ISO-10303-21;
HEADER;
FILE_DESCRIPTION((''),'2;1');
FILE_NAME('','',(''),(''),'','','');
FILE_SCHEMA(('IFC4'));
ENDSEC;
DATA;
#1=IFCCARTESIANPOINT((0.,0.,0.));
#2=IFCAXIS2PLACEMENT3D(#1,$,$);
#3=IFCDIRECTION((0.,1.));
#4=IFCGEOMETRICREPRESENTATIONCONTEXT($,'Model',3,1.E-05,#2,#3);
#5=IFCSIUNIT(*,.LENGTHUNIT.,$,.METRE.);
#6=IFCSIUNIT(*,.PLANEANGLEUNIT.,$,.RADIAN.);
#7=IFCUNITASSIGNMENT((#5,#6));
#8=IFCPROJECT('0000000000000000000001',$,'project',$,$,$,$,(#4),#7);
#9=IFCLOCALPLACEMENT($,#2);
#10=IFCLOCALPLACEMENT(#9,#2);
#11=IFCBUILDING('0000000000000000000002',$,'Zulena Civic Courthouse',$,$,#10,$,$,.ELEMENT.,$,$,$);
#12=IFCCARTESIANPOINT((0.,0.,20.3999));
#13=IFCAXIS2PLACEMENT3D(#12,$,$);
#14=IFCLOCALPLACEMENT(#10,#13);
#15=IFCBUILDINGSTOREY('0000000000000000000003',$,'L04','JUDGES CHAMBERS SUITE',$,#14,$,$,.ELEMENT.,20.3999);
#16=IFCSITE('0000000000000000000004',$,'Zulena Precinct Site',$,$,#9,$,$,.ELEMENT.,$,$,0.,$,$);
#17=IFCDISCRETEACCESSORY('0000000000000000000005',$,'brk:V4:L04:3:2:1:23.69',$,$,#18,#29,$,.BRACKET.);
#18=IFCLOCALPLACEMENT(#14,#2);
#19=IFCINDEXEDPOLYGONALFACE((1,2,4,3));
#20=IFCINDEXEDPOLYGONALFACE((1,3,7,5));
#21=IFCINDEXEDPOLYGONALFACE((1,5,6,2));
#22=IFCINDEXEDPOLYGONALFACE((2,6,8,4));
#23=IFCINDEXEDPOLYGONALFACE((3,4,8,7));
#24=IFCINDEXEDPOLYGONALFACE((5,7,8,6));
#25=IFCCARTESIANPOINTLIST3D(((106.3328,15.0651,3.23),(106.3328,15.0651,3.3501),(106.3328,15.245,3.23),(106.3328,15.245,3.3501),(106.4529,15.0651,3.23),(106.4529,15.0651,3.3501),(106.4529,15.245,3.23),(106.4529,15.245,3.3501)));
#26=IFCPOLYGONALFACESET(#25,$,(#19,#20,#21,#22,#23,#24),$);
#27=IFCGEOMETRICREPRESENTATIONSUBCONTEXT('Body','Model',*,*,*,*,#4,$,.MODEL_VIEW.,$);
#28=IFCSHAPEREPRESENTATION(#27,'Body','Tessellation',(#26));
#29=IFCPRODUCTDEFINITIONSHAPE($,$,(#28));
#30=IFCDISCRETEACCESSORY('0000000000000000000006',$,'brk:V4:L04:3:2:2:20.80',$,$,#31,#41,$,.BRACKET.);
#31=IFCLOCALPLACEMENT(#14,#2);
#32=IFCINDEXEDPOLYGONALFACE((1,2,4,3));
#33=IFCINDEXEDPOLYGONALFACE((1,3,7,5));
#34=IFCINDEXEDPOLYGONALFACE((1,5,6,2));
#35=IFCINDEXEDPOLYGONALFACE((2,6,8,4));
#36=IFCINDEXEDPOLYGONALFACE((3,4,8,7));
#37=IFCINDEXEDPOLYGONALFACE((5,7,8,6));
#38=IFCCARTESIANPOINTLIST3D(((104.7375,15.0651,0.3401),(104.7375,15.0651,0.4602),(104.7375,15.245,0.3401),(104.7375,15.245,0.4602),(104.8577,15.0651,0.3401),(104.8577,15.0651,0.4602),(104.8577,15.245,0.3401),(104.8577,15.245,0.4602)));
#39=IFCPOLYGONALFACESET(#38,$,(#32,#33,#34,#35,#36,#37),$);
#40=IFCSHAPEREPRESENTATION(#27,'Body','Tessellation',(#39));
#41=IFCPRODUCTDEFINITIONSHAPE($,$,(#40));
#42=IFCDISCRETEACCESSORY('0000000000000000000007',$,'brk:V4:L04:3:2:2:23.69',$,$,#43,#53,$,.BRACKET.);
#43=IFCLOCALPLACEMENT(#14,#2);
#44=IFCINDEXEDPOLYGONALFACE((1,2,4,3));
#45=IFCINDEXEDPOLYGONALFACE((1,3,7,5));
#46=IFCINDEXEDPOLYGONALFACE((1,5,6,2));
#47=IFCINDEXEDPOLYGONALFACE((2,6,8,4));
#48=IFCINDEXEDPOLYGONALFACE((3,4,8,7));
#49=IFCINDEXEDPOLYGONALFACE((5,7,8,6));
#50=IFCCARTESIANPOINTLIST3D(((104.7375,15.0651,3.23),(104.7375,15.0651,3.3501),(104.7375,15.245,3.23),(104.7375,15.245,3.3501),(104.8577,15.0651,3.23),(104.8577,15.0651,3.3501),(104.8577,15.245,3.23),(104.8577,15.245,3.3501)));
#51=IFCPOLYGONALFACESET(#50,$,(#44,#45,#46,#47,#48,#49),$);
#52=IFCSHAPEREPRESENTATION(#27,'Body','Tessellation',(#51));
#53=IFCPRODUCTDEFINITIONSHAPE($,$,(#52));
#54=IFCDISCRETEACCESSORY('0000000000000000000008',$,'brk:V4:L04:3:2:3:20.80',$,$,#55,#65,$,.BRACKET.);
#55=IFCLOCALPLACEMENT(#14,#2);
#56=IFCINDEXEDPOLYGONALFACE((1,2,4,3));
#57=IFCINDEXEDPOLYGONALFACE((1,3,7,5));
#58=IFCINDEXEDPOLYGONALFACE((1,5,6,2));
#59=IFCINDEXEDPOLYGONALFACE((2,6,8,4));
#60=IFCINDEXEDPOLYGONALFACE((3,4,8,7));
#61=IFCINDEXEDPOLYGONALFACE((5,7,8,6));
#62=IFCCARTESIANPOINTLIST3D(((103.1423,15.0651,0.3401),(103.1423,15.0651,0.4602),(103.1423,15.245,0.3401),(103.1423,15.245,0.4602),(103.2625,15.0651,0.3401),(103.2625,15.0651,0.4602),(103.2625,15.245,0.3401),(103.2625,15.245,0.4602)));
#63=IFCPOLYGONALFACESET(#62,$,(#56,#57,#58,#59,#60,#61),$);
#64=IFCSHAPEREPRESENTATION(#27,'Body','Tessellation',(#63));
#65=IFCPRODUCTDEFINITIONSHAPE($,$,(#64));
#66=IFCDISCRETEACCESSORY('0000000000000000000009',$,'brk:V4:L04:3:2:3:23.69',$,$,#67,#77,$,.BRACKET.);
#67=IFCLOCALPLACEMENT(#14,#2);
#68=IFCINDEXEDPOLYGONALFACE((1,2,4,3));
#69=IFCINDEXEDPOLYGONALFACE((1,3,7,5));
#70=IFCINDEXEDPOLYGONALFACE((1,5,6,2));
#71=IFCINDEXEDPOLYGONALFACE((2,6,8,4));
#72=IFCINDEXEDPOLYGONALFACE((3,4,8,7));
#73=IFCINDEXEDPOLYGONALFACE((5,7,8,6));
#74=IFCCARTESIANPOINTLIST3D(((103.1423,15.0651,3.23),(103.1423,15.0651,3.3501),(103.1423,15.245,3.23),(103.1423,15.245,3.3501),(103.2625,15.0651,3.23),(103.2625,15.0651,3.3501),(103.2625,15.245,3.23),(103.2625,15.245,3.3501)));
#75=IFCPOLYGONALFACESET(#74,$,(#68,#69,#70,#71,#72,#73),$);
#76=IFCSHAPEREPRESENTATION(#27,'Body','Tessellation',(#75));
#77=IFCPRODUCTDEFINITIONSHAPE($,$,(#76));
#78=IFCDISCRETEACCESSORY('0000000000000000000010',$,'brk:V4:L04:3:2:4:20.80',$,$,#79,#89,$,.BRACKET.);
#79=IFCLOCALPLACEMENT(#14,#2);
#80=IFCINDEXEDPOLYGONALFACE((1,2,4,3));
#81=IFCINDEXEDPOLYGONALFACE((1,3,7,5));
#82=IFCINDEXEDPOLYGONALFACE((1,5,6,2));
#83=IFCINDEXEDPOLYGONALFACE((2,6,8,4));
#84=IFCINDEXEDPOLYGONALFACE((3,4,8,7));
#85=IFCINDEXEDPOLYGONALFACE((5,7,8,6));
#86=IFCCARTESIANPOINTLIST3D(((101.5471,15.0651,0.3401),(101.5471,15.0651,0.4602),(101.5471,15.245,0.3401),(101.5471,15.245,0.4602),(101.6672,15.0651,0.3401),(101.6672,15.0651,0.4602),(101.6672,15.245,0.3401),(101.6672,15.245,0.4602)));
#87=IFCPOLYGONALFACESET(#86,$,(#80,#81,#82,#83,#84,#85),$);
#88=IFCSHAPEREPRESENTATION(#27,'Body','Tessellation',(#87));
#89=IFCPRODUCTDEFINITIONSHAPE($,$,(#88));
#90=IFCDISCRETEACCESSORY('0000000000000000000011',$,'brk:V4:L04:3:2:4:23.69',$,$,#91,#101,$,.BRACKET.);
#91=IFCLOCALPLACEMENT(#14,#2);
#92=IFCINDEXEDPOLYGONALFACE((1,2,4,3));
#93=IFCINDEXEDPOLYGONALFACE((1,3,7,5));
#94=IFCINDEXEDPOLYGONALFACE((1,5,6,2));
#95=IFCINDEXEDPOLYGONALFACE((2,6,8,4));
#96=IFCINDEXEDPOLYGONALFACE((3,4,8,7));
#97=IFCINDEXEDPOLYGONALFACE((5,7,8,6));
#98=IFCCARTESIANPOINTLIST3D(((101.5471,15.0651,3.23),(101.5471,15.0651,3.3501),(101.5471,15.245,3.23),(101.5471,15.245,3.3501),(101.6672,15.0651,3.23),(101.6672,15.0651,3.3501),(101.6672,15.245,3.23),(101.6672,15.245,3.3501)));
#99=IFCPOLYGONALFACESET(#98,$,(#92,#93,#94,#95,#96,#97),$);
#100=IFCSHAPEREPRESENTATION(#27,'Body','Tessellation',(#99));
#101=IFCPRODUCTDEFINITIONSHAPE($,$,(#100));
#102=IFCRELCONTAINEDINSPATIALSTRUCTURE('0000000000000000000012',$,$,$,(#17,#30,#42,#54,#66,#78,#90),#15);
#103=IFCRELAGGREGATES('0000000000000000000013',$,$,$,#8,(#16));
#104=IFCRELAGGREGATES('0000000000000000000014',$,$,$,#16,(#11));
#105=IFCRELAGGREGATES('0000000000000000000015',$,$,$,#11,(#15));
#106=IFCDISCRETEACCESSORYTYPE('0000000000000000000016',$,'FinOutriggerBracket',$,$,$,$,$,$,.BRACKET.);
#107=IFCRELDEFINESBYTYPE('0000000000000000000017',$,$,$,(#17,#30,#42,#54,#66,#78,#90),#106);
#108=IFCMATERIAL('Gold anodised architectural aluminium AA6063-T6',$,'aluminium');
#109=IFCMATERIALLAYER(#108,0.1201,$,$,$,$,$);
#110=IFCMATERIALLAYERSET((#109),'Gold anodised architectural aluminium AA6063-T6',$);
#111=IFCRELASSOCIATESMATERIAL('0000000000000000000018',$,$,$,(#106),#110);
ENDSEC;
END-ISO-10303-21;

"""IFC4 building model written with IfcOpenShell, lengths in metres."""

from ifc_helpers import new_model, si_unit, direction, frame, origin, origin_2d, place, context, subcontext, project, spatial, rectangle, extrude, material, layer, layer_set, type_object, element, save


model = new_model("IFC4")

# Units and contexts
model_context = context("Model", 3, precision=1e-05, world=origin(), true_north=direction((0.0, 1.0)))
body_context = subcontext(model_context, "Body", "Model", "MODEL_VIEW")
ifc_project = project(units=[si_unit("LENGTHUNIT", "METRE"), si_unit("PLANEANGLEUNIT", "RADIAN")], contexts=[model_context])

# Site, building, storey
site_placement = place(None, origin())
site = spatial("IfcSite", under=ifc_project, at=site_placement, Name="Zulena Precinct Site", CompositionType="ELEMENT", RefElevation=0.0)
building_placement = place(site_placement, origin())
building = spatial("IfcBuilding", under=site, at=building_placement, Name="Zulena Civic Courthouse", CompositionType="ELEMENT")
storey_placement = place(building_placement, frame((0.0, 0.0, 20.3999)))
storey = spatial("IfcBuildingStorey", under=building, at=storey_placement, Name="L04", Description="JUDGES CHAMBERS SUITE", CompositionType="ELEMENT", Elevation=20.3999)

# Shared definitions
ifc_material_1 = material(Name="Gold anodised architectural aluminium AA6063-T6", Category="aluminium")

# Discrete accessories
ifc_layer_1 = layer(ifc_material_1, 0.1201)
ifc_layer_set_1 = layer_set([ifc_layer_1], Name="Gold anodised architectural aluminium AA6063-T6")
discrete_accessory_type = type_object("IfcDiscreteAccessoryType", Name="FinOutriggerBracket", PredefinedType="BRACKET", material=ifc_layer_set_1)
for number, where, z_axis, x_axis, name in (
    (1, (106.3928, 15.155, 3.23), (0.0, 0.0, 1.0), (0.0, -1.0, 0.0), "brk:V4:L04:3:2:1:23.69"),
    (2, (104.7976, 15.155, 0.3401), (0.0, 0.0, 1.0), (0.0, -1.0, 0.0), "brk:V4:L04:3:2:2:20.80"),
    (3, (104.7976, 15.155, 3.23), (0.0, 0.0, 1.0), (0.0, -1.0, 0.0), "brk:V4:L04:3:2:2:23.69"),
    (4, (103.2024, 15.155, 0.3401), (0.0, 0.0, 1.0), (0.0, -1.0, 0.0), "brk:V4:L04:3:2:3:20.80"),
    (5, (103.2024, 15.155, 3.23), (0.0, 0.0, 1.0), (0.0, -1.0, 0.0), "brk:V4:L04:3:2:3:23.69"),
    (6, (101.6072, 15.155, 0.3401), (0.0, 0.0, 1.0), (0.0, -1.0, 0.0), "brk:V4:L04:3:2:4:20.80"),
    (7, (101.6072, 15.155, 3.23), (0.0, 0.0, 1.0), (0.0, -1.0, 0.0), "brk:V4:L04:3:2:4:23.69"),
):
    element("IfcDiscreteAccessory", number, at=place(storey_placement, frame(where, z_axis=z_axis, x_axis=x_axis)), inside=storey, type_object=discrete_accessory_type, Name=name, PredefinedType="BRACKET", context=body_context, shape_type="SweptSolid", body=[
        extrude(rectangle(XDim=0.1799, YDim=0.1201, at=origin_2d()), origin(), (0.0, 0.0, 1.0), 0.1201),
    ])

save(model, "model.ifc")
